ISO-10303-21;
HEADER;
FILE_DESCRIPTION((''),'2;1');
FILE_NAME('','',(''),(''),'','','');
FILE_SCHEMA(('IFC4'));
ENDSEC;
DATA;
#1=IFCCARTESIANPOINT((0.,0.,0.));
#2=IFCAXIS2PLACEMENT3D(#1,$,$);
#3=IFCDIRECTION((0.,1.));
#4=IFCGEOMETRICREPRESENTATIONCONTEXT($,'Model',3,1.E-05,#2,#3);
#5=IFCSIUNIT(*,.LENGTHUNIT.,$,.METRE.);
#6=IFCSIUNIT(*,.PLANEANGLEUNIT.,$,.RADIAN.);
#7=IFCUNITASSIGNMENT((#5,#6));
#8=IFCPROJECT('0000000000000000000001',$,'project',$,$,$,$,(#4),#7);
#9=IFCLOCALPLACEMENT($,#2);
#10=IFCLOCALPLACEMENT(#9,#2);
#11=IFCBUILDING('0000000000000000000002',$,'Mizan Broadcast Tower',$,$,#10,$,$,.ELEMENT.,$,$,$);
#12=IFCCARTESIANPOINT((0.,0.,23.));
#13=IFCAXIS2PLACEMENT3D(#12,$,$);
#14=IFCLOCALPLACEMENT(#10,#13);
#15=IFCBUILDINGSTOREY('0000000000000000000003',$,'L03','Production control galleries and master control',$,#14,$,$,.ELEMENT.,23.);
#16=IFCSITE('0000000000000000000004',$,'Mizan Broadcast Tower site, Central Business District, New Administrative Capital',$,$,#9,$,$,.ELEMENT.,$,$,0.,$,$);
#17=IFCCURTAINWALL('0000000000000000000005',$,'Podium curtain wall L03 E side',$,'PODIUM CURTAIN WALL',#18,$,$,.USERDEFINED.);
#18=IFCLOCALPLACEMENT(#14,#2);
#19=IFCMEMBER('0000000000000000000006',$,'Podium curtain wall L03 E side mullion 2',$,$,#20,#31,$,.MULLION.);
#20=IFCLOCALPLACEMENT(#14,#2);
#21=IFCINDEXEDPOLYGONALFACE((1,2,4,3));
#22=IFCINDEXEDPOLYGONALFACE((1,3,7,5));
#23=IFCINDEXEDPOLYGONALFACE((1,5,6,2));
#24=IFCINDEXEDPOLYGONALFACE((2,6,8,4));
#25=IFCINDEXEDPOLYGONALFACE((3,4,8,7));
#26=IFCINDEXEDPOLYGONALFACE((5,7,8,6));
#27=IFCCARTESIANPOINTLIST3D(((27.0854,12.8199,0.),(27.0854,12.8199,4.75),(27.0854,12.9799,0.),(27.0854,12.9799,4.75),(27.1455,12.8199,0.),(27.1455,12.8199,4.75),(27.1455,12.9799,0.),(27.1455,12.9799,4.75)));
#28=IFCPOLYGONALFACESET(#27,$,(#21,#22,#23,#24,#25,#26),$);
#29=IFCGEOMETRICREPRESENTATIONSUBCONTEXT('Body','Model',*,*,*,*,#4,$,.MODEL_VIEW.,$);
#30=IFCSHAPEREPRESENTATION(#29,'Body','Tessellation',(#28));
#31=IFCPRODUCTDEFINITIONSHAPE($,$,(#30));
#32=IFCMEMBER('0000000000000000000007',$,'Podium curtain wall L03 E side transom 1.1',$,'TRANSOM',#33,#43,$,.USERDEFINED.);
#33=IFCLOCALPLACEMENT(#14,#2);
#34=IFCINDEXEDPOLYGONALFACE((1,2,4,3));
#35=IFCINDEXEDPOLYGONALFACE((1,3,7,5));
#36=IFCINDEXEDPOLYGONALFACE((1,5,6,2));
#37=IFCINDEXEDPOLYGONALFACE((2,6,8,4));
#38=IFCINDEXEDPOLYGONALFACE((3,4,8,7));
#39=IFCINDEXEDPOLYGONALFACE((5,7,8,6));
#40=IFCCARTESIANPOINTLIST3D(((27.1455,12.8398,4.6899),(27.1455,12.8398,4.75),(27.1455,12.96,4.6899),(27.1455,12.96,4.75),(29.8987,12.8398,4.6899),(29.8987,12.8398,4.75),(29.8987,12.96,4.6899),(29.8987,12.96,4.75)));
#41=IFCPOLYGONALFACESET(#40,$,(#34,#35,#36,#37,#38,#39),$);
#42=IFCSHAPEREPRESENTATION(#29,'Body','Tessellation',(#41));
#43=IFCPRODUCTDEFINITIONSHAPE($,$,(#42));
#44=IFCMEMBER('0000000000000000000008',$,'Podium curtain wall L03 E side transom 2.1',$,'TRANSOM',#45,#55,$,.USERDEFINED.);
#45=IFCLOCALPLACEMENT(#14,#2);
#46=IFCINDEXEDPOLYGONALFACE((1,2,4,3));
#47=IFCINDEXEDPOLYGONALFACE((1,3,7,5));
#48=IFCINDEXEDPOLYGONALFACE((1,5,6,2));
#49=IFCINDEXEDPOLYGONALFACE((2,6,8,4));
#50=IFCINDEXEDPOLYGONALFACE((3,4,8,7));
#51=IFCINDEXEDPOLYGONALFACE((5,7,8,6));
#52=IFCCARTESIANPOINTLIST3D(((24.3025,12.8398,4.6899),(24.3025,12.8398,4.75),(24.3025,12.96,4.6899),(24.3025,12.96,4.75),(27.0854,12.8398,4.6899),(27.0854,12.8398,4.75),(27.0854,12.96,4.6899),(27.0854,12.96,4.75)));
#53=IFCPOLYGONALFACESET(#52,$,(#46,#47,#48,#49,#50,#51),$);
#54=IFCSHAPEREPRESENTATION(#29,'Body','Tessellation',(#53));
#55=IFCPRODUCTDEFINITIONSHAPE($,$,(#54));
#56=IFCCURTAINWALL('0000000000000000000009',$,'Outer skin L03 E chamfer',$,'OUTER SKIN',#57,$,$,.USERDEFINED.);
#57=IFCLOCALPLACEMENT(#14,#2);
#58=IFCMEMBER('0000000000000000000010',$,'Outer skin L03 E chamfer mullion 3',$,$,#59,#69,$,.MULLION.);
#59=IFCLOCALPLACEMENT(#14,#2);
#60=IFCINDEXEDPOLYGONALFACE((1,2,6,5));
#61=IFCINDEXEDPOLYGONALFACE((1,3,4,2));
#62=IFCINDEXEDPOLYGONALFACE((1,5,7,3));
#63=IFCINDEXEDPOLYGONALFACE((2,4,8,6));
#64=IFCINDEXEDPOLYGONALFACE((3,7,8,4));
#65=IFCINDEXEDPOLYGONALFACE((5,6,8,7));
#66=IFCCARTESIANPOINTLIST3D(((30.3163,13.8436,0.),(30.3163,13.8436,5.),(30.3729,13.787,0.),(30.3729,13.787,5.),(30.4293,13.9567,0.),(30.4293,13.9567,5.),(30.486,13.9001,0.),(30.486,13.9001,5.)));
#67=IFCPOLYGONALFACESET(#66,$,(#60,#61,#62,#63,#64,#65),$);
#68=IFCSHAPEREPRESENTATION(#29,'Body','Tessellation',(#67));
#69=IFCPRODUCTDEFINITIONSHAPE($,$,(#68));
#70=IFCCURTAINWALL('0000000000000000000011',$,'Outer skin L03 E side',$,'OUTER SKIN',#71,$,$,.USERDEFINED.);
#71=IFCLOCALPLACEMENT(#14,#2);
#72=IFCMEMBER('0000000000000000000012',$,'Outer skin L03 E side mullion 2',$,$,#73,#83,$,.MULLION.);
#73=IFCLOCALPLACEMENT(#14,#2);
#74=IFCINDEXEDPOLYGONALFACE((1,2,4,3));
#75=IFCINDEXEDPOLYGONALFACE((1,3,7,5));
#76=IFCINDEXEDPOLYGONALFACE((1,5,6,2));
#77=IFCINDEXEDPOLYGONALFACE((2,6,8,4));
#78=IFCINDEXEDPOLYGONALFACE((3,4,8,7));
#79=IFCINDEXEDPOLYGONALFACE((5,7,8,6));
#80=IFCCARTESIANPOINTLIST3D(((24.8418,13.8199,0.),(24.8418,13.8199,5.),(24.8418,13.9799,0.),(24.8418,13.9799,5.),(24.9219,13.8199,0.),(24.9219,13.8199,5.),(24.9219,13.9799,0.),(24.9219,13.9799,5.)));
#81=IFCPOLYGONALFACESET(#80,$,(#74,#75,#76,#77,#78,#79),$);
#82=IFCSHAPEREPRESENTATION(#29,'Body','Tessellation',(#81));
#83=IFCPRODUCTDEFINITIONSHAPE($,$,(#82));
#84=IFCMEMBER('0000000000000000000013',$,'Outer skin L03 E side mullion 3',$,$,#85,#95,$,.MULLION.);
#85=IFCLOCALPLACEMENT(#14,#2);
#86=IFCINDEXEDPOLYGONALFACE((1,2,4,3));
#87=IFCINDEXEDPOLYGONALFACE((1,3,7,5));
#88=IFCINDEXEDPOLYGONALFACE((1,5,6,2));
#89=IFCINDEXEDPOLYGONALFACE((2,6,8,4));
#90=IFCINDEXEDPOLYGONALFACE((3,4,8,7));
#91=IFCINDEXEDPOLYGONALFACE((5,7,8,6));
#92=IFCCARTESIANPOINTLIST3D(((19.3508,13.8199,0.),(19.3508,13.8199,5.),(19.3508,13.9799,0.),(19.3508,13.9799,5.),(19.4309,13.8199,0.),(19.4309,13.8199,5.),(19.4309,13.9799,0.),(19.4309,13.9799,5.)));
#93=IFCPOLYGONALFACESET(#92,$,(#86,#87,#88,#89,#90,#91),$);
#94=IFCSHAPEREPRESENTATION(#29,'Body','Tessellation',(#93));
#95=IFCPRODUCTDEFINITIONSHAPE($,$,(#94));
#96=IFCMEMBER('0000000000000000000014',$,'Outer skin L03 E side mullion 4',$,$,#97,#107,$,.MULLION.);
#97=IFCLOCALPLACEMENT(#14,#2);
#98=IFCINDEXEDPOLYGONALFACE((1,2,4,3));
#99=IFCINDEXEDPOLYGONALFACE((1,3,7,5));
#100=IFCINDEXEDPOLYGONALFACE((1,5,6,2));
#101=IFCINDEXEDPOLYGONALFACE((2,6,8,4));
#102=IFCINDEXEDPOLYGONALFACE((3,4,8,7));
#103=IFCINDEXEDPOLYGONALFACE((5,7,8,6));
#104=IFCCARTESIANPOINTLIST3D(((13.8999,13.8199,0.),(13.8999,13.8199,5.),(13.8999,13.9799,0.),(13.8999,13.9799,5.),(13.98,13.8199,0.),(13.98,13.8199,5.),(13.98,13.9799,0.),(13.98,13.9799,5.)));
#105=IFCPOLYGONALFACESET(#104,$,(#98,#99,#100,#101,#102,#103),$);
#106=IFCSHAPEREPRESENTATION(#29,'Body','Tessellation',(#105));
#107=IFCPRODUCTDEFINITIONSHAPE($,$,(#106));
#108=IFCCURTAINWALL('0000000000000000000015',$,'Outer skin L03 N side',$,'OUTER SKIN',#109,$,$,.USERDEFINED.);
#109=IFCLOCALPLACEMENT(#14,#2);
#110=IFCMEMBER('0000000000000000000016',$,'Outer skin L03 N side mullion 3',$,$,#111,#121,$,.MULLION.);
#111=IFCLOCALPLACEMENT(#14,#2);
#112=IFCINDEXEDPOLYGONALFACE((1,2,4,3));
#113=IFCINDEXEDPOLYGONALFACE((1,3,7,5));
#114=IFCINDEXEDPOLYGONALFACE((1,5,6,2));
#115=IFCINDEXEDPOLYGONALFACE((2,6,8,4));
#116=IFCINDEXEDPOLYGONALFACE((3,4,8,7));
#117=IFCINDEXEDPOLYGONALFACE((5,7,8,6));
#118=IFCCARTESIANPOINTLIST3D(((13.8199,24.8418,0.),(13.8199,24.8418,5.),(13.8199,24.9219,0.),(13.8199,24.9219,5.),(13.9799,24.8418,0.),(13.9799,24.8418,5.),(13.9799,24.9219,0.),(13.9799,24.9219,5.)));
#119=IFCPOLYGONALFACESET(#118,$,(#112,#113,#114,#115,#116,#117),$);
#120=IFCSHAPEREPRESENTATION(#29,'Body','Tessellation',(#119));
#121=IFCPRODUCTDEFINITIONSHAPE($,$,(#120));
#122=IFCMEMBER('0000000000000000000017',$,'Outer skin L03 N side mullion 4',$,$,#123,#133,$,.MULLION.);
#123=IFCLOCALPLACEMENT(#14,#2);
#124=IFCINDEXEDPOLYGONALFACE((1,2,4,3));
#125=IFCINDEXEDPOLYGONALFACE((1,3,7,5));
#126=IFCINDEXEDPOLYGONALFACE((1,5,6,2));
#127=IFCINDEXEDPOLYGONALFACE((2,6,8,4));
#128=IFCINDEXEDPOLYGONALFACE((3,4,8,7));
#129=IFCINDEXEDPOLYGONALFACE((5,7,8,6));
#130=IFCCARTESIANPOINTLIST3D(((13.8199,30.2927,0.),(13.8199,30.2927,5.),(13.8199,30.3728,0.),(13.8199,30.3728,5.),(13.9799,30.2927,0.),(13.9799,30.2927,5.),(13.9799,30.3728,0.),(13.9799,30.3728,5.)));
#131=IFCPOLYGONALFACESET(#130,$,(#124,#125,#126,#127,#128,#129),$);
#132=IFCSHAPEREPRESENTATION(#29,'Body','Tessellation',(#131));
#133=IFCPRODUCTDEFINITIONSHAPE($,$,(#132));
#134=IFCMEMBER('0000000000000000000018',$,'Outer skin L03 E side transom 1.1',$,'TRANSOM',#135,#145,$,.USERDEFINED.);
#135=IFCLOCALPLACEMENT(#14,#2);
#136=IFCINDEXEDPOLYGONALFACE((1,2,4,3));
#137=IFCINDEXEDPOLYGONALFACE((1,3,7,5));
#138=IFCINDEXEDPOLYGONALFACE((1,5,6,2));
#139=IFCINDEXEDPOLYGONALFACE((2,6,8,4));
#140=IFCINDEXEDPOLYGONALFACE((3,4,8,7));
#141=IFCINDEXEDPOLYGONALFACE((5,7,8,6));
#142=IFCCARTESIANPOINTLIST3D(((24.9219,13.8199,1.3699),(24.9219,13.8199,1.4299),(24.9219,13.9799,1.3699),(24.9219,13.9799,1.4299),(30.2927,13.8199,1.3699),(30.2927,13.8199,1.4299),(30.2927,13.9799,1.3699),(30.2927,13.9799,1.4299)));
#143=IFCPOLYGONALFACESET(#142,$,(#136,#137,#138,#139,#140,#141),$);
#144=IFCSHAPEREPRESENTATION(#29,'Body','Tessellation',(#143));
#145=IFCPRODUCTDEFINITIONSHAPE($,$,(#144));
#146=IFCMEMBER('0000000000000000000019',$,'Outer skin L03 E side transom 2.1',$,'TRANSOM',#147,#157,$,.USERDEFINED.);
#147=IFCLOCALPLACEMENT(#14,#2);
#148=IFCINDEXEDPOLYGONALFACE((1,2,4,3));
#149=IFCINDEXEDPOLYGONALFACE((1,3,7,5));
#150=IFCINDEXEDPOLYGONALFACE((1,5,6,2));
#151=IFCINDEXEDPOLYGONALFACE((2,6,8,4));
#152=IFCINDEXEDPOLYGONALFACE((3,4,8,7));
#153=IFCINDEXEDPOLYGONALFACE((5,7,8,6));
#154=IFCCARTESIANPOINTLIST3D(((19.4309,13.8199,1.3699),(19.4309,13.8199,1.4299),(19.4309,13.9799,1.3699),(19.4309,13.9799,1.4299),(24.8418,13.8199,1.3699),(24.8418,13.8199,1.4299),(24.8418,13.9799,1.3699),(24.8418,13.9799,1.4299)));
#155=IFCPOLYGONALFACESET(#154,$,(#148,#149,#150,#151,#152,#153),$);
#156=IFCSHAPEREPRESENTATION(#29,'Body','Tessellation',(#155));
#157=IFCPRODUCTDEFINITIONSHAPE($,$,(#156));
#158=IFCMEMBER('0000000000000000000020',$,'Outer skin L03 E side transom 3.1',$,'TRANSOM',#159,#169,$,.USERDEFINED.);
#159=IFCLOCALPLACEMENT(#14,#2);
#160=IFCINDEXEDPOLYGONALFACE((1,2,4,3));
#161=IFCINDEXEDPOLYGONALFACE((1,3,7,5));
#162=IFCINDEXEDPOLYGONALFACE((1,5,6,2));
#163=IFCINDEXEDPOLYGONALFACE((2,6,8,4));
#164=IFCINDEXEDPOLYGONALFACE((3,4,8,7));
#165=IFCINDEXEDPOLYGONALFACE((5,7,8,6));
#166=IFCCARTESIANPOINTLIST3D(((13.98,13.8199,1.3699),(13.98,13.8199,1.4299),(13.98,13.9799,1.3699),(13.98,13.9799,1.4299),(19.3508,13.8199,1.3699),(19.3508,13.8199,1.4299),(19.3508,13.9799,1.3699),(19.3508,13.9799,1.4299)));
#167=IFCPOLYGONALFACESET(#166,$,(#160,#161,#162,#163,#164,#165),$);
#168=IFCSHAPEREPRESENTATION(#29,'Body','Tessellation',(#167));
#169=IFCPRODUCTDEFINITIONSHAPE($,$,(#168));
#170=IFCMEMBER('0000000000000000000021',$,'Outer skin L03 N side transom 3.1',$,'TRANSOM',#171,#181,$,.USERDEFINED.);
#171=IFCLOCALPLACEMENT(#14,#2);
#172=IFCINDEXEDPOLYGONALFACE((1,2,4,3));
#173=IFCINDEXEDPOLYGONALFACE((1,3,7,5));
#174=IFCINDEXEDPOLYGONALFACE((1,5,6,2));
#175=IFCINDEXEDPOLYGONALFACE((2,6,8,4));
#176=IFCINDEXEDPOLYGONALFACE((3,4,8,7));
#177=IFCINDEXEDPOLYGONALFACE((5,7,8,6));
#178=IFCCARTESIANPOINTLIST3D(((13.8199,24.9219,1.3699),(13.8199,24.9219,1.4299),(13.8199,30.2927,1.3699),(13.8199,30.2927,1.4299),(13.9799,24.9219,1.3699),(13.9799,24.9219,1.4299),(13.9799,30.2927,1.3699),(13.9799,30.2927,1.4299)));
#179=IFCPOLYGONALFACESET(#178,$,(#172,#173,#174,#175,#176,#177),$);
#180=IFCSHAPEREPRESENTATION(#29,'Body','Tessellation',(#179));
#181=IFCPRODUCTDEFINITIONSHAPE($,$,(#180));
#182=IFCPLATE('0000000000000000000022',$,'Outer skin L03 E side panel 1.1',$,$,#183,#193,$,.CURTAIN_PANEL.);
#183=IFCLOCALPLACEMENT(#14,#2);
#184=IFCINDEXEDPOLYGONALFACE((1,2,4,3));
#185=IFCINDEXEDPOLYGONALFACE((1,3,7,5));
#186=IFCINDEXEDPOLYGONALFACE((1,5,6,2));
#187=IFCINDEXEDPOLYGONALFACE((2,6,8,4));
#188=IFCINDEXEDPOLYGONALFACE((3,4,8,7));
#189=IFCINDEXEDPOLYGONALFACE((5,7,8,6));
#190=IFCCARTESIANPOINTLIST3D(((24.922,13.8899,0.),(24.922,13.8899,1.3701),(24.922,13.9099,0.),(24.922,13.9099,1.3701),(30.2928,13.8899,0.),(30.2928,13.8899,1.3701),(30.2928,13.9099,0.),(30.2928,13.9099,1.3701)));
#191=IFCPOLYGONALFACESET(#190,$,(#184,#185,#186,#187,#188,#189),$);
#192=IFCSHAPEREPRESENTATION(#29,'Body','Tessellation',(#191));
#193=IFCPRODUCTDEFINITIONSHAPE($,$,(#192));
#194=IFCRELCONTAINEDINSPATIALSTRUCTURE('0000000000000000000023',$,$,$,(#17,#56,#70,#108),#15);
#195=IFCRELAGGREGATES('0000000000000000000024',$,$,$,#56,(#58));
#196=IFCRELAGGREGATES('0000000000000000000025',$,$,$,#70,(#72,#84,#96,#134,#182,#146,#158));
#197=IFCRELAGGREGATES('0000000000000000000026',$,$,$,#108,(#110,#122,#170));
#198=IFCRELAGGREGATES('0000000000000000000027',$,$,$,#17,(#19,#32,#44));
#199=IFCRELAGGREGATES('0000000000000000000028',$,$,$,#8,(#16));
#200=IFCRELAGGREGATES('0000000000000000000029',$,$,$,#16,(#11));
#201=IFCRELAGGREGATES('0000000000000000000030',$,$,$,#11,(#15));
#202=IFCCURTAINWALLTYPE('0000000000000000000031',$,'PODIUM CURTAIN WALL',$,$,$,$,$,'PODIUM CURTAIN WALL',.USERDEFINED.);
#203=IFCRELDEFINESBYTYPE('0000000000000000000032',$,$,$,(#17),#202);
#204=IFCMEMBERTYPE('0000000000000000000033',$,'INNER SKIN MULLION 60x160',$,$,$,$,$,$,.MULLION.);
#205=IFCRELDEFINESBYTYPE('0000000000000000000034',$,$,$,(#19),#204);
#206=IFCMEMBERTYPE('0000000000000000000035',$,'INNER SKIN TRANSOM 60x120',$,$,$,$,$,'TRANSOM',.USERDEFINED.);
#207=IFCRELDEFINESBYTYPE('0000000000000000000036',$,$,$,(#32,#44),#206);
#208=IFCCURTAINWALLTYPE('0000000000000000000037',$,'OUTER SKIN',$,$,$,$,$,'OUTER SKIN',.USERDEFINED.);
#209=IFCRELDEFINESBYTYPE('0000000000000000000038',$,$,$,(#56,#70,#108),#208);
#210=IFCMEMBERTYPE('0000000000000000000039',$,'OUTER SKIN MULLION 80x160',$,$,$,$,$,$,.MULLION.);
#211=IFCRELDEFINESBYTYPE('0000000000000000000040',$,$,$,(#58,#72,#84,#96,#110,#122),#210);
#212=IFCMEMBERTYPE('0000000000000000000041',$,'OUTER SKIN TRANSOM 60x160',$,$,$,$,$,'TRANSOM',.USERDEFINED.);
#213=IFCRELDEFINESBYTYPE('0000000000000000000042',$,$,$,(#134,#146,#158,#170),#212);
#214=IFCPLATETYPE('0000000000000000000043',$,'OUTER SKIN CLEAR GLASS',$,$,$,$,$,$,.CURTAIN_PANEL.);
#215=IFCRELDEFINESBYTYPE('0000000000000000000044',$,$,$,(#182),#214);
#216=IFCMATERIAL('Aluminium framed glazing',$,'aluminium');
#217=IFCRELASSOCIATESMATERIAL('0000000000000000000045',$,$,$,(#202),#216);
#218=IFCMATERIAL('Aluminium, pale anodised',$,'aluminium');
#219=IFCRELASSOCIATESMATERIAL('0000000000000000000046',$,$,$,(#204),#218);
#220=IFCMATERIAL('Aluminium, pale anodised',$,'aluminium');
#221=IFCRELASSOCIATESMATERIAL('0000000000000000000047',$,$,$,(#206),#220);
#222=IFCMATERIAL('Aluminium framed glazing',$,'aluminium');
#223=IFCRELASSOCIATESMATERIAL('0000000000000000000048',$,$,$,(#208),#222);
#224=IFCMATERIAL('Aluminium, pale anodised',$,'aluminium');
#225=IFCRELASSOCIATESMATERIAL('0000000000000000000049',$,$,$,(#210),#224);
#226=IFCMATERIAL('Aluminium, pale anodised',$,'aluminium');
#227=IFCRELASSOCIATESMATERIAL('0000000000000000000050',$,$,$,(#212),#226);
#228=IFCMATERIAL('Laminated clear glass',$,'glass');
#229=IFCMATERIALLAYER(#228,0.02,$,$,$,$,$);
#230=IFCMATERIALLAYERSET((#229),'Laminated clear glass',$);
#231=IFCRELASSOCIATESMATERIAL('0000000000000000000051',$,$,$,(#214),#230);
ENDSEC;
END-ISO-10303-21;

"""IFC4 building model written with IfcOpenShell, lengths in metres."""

from ifc_helpers import new_model, si_unit, direction, frame, origin, origin_2d, place, context, subcontext, project, spatial, rectangle, extrude, material, layer, layer_set, material_profile, profile_set, type_object, element, aggregate, save


model = new_model("IFC4")

# Units and contexts
model_context = context("Model", 3, precision=1e-05, world=origin(), true_north=direction((0.0, 1.0)))
body_context = subcontext(model_context, "Body", "Model", "MODEL_VIEW")
ifc_project = project(units=[si_unit("LENGTHUNIT", "METRE"), si_unit("PLANEANGLEUNIT", "RADIAN")], contexts=[model_context])

# Site, building, storey
site_placement = place(None, origin())
site = spatial("IfcSite", under=ifc_project, at=site_placement, Name="Mizan Broadcast Tower site, Central Business District, New Administrative Capital", CompositionType="ELEMENT", RefElevation=0.0)
building_placement = place(site_placement, origin())
building = spatial("IfcBuilding", under=site, at=building_placement, Name="Mizan Broadcast Tower", CompositionType="ELEMENT")
storey_placement = place(building_placement, frame((0.0, 0.0, 23.0)))
storey = spatial("IfcBuildingStorey", under=building, at=storey_placement, Name="L03", Description="Production control galleries and master control", CompositionType="ELEMENT", Elevation=23.0)

# Curtain wall, members
ifc_material_1 = material(Name="Aluminium framed glazing", Category="aluminium")
curtain_wall_type_1 = type_object("IfcCurtainWallType", Name="PODIUM CURTAIN WALL", ElementType="PODIUM CURTAIN WALL", PredefinedType="USERDEFINED", material=ifc_material_1)
curtain_wall_1_placement = place(storey_placement, origin())
curtain_wall_1 = element("IfcCurtainWall", 1, at=curtain_wall_1_placement, inside=storey, type_object=curtain_wall_type_1, Name="Podium curtain wall L03 E side", ObjectType="PODIUM CURTAIN WALL", PredefinedType="USERDEFINED")
ifc_material_2 = material(Name="Aluminium, pale anodised", Category="aluminium")
ifc_material_profile_1 = material_profile(ifc_material_2, rectangle(XDim=0.1599, YDim=0.0601, at=origin_2d()), Name="MULLION 160x60")
ifc_profile_set_1 = profile_set([ifc_material_profile_1], Name="Aluminium, pale anodised")
member_type_1 = type_object("IfcMemberType", Name="INNER SKIN MULLION 60x160", PredefinedType="MULLION", material=ifc_profile_set_1)
member_1_placement = place(storey_placement, frame((27.1155, 12.8999, 0.0), z_axis=(0.0, 0.0, 1.0), x_axis=(0.0, -1.0, 0.0)))
member_1 = element("IfcMember", 2, at=member_1_placement, type_object=member_type_1, Name="Podium curtain wall L03 E side mullion 2", PredefinedType="MULLION", context=body_context, shape_type="SweptSolid", body=[
    extrude(rectangle(XDim=0.1599, YDim=0.0601, at=origin_2d()), origin(), (0.0, 0.0, 1.0), 4.75),
])
ifc_material_3 = material(Name="Aluminium, pale anodised", Category="aluminium")
ifc_material_profile_2 = material_profile(ifc_material_3, rectangle(XDim=0.1201, YDim=0.0601, at=origin_2d()), Name="TRANSOM 120x60")
ifc_profile_set_2 = profile_set([ifc_material_profile_2], Name="Aluminium, pale anodised")
member_type_2 = type_object("IfcMemberType", Name="INNER SKIN TRANSOM 60x120", ElementType="TRANSOM", PredefinedType="USERDEFINED", material=ifc_profile_set_2)
member_2_placement = place(storey_placement, frame((29.8987, 12.8999, 4.72), z_axis=(-1.0, 0.0, 0.0), x_axis=(0.0, -1.0, 0.0)))
member_2 = element("IfcMember", 3, at=member_2_placement, type_object=member_type_2, Name="Podium curtain wall L03 E side transom 1.1", ObjectType="TRANSOM", PredefinedType="USERDEFINED", context=body_context, shape_type="SweptSolid", body=[
    extrude(rectangle(XDim=0.1201, YDim=0.0601, at=origin_2d()), origin(), (0.0, 0.0, 1.0), 2.7532),
])
member_3_placement = place(storey_placement, frame((27.0854, 12.8999, 4.72), z_axis=(-1.0, 0.0, 0.0), x_axis=(0.0, -1.0, 0.0)))
member_3 = element("IfcMember", 4, at=member_3_placement, type_object=member_type_2, Name="Podium curtain wall L03 E side transom 2.1", ObjectType="TRANSOM", PredefinedType="USERDEFINED", context=body_context, shape_type="SweptSolid", body=[
    extrude(rectangle(XDim=0.1201, YDim=0.0601, at=origin_2d()), origin(), (0.0, 0.0, 1.0), 2.783),
])

# Curtain wall, member
ifc_material_4 = material(Name="Aluminium framed glazing", Category="aluminium")
curtain_wall_type_2 = type_object("IfcCurtainWallType", Name="OUTER SKIN", ElementType="OUTER SKIN", PredefinedType="USERDEFINED", material=ifc_material_4)
curtain_wall_2_placement = place(storey_placement, origin())
curtain_wall_2 = element("IfcCurtainWall", 5, at=curtain_wall_2_placement, inside=storey, type_object=curtain_wall_type_2, Name="Outer skin L03 E chamfer", ObjectType="OUTER SKIN", PredefinedType="USERDEFINED")
ifc_material_5 = material(Name="Aluminium, pale anodised", Category="aluminium")
ifc_material_profile_3 = material_profile(ifc_material_5, rectangle(XDim=0.1599, YDim=0.0801, at=origin_2d()), Name="MULLION 160x80")
ifc_profile_set_3 = profile_set([ifc_material_profile_3], Name="Aluminium, pale anodised")
member_type_3 = type_object("IfcMemberType", Name="OUTER SKIN MULLION 80x160", PredefinedType="MULLION", material=ifc_profile_set_3)
member_4_placement = place(storey_placement, frame((30.4011, 13.8718, 0.0), z_axis=(0.0, 0.0, 1.0), x_axis=(-0.707107, -0.707107, 0.0)))
member_4 = element("IfcMember", 6, at=member_4_placement, type_object=member_type_3, Name="Outer skin L03 E chamfer mullion 3", PredefinedType="MULLION", context=body_context, shape_type="SweptSolid", body=[
    extrude(rectangle(XDim=0.1599, YDim=0.0801, at=origin_2d()), origin(), (0.0, 0.0, 1.0), 5.0),
])
aggregate(curtain_wall_2, [member_4])

# Curtain walls, members
curtain_wall_3_placement = place(storey_placement, origin())
curtain_wall_3 = element("IfcCurtainWall", 7, at=curtain_wall_3_placement, inside=storey, type_object=curtain_wall_type_2, Name="Outer skin L03 E side", ObjectType="OUTER SKIN", PredefinedType="USERDEFINED")
member_5_placement = place(storey_placement, frame((24.8818, 13.8999, 0.0), z_axis=(0.0, 0.0, 1.0), x_axis=(0.0, -1.0, 0.0)))
member_5 = element("IfcMember", 8, at=member_5_placement, type_object=member_type_3, Name="Outer skin L03 E side mullion 2", PredefinedType="MULLION", context=body_context, shape_type="SweptSolid", body=[
    extrude(rectangle(XDim=0.1599, YDim=0.0801, at=origin_2d()), origin(), (0.0, 0.0, 1.0), 5.0),
])
member_6_placement = place(storey_placement, frame((19.3909, 13.8999, 0.0), z_axis=(0.0, 0.0, 1.0), x_axis=(0.0, -1.0, 0.0)))
member_6 = element("IfcMember", 9, at=member_6_placement, type_object=member_type_3, Name="Outer skin L03 E side mullion 3", PredefinedType="MULLION", context=body_context, shape_type="SweptSolid", body=[
    extrude(rectangle(XDim=0.1599, YDim=0.0801, at=origin_2d()), origin(), (0.0, 0.0, 1.0), 5.0),
])
member_7_placement = place(storey_placement, frame((13.9399, 13.8999, 0.0), z_axis=(0.0, 0.0, 1.0), x_axis=(0.0, -1.0, 0.0)))
member_7 = element("IfcMember", 10, at=member_7_placement, type_object=member_type_3, Name="Outer skin L03 E side mullion 4", PredefinedType="MULLION", context=body_context, shape_type="SweptSolid", body=[
    extrude(rectangle(XDim=0.1599, YDim=0.0801, at=origin_2d()), origin(), (0.0, 0.0, 1.0), 5.0),
])
curtain_wall_4_placement = place(storey_placement, origin())
curtain_wall_4 = element("IfcCurtainWall", 11, at=curtain_wall_4_placement, inside=storey, type_object=curtain_wall_type_2, Name="Outer skin L03 N side", ObjectType="OUTER SKIN", PredefinedType="USERDEFINED")
member_8_placement = place(storey_placement, frame((13.8999, 24.8818, 0.0), z_axis=(0.0, 0.0, 1.0), x_axis=(-1.0, 0.0, 0.0)))
member_8 = element("IfcMember", 12, at=member_8_placement, type_object=member_type_3, Name="Outer skin L03 N side mullion 3", PredefinedType="MULLION", context=body_context, shape_type="SweptSolid", body=[
    extrude(rectangle(XDim=0.1599, YDim=0.0801, at=origin_2d()), origin(), (0.0, 0.0, 1.0), 5.0),
])
member_9_placement = place(storey_placement, frame((13.8999, 30.3328, 0.0), z_axis=(0.0, 0.0, 1.0), x_axis=(-1.0, 0.0, 0.0)))
member_9 = element("IfcMember", 13, at=member_9_placement, type_object=member_type_3, Name="Outer skin L03 N side mullion 4", PredefinedType="MULLION", context=body_context, shape_type="SweptSolid", body=[
    extrude(rectangle(XDim=0.1599, YDim=0.0801, at=origin_2d()), origin(), (0.0, 0.0, 1.0), 5.0),
])

# Members
ifc_material_6 = material(Name="Aluminium, pale anodised", Category="aluminium")
ifc_material_profile_4 = material_profile(ifc_material_6, rectangle(XDim=0.1599, YDim=0.0601, at=origin_2d()), Name="TRANSOM 160x60")
ifc_profile_set_4 = profile_set([ifc_material_profile_4], Name="Aluminium, pale anodised")
member_type_4 = type_object("IfcMemberType", Name="OUTER SKIN TRANSOM 60x160", ElementType="TRANSOM", PredefinedType="USERDEFINED", material=ifc_profile_set_4)
member_10_placement = place(storey_placement, frame((30.2927, 13.8999, 1.3999), z_axis=(-1.0, 0.0, 0.0), x_axis=(0.0, -1.0, 0.0)))
member_10 = element("IfcMember", 14, at=member_10_placement, type_object=member_type_4, Name="Outer skin L03 E side transom 1.1", ObjectType="TRANSOM", PredefinedType="USERDEFINED", context=body_context, shape_type="SweptSolid", body=[
    extrude(rectangle(XDim=0.1599, YDim=0.0601, at=origin_2d()), origin(), (0.0, 0.0, 1.0), 5.3708),
])
member_11_placement = place(storey_placement, frame((24.8418, 13.8999, 1.3999), z_axis=(-1.0, 0.0, 0.0), x_axis=(0.0, -1.0, 0.0)))
member_11 = element("IfcMember", 15, at=member_11_placement, type_object=member_type_4, Name="Outer skin L03 E side transom 2.1", ObjectType="TRANSOM", PredefinedType="USERDEFINED", context=body_context, shape_type="SweptSolid", body=[
    extrude(rectangle(XDim=0.1599, YDim=0.0601, at=origin_2d()), origin(), (0.0, 0.0, 1.0), 5.4109),
])
member_12_placement = place(storey_placement, frame((19.3508, 13.8999, 1.3999), z_axis=(-1.0, 0.0, 0.0), x_axis=(0.0, -1.0, 0.0)))
member_12 = element("IfcMember", 16, at=member_12_placement, type_object=member_type_4, Name="Outer skin L03 E side transom 3.1", ObjectType="TRANSOM", PredefinedType="USERDEFINED", context=body_context, shape_type="SweptSolid", body=[
    extrude(rectangle(XDim=0.1599, YDim=0.0601, at=origin_2d()), origin(), (0.0, 0.0, 1.0), 5.3708),
])
member_13_placement = place(storey_placement, frame((13.8999, 24.9219, 1.3999), z_axis=(0.0, 1.0, 0.0), x_axis=(-1.0, 0.0, 0.0)))
member_13 = element("IfcMember", 17, at=member_13_placement, type_object=member_type_4, Name="Outer skin L03 N side transom 3.1", ObjectType="TRANSOM", PredefinedType="USERDEFINED", context=body_context, shape_type="SweptSolid", body=[
    extrude(rectangle(XDim=0.1599, YDim=0.0601, at=origin_2d()), origin(), (0.0, 0.0, 1.0), 5.3708),
])

# Plate
ifc_material_7 = material(Name="Laminated clear glass", Category="glass")
ifc_layer_1 = layer(ifc_material_7, 0.02)
ifc_layer_set_1 = layer_set([ifc_layer_1], Name="Laminated clear glass")
plate_type_1 = type_object("IfcPlateType", Name="OUTER SKIN CLEAR GLASS", PredefinedType="CURTAIN_PANEL", material=ifc_layer_set_1)
plate_1_placement = place(storey_placement, frame((27.6074, 13.8999, 0.0), z_axis=(0.0, 0.0, 1.0), x_axis=(-1.0, 0.0, 0.0)))
plate_1 = element("IfcPlate", 18, at=plate_1_placement, type_object=plate_type_1, Name="Outer skin L03 E side panel 1.1", PredefinedType="CURTAIN_PANEL", context=body_context, shape_type="SweptSolid", body=[
    extrude(rectangle(XDim=5.3708, YDim=0.02, at=origin_2d()), origin(), (0.0, 0.0, 1.0), 1.3701),
])
aggregate(curtain_wall_3, [member_5, member_6, member_7, member_10, plate_1, member_11, member_12])
aggregate(curtain_wall_4, [member_8, member_9, member_13])
aggregate(curtain_wall_1, [member_1, member_2, member_3])

save(model, "model.ifc")
